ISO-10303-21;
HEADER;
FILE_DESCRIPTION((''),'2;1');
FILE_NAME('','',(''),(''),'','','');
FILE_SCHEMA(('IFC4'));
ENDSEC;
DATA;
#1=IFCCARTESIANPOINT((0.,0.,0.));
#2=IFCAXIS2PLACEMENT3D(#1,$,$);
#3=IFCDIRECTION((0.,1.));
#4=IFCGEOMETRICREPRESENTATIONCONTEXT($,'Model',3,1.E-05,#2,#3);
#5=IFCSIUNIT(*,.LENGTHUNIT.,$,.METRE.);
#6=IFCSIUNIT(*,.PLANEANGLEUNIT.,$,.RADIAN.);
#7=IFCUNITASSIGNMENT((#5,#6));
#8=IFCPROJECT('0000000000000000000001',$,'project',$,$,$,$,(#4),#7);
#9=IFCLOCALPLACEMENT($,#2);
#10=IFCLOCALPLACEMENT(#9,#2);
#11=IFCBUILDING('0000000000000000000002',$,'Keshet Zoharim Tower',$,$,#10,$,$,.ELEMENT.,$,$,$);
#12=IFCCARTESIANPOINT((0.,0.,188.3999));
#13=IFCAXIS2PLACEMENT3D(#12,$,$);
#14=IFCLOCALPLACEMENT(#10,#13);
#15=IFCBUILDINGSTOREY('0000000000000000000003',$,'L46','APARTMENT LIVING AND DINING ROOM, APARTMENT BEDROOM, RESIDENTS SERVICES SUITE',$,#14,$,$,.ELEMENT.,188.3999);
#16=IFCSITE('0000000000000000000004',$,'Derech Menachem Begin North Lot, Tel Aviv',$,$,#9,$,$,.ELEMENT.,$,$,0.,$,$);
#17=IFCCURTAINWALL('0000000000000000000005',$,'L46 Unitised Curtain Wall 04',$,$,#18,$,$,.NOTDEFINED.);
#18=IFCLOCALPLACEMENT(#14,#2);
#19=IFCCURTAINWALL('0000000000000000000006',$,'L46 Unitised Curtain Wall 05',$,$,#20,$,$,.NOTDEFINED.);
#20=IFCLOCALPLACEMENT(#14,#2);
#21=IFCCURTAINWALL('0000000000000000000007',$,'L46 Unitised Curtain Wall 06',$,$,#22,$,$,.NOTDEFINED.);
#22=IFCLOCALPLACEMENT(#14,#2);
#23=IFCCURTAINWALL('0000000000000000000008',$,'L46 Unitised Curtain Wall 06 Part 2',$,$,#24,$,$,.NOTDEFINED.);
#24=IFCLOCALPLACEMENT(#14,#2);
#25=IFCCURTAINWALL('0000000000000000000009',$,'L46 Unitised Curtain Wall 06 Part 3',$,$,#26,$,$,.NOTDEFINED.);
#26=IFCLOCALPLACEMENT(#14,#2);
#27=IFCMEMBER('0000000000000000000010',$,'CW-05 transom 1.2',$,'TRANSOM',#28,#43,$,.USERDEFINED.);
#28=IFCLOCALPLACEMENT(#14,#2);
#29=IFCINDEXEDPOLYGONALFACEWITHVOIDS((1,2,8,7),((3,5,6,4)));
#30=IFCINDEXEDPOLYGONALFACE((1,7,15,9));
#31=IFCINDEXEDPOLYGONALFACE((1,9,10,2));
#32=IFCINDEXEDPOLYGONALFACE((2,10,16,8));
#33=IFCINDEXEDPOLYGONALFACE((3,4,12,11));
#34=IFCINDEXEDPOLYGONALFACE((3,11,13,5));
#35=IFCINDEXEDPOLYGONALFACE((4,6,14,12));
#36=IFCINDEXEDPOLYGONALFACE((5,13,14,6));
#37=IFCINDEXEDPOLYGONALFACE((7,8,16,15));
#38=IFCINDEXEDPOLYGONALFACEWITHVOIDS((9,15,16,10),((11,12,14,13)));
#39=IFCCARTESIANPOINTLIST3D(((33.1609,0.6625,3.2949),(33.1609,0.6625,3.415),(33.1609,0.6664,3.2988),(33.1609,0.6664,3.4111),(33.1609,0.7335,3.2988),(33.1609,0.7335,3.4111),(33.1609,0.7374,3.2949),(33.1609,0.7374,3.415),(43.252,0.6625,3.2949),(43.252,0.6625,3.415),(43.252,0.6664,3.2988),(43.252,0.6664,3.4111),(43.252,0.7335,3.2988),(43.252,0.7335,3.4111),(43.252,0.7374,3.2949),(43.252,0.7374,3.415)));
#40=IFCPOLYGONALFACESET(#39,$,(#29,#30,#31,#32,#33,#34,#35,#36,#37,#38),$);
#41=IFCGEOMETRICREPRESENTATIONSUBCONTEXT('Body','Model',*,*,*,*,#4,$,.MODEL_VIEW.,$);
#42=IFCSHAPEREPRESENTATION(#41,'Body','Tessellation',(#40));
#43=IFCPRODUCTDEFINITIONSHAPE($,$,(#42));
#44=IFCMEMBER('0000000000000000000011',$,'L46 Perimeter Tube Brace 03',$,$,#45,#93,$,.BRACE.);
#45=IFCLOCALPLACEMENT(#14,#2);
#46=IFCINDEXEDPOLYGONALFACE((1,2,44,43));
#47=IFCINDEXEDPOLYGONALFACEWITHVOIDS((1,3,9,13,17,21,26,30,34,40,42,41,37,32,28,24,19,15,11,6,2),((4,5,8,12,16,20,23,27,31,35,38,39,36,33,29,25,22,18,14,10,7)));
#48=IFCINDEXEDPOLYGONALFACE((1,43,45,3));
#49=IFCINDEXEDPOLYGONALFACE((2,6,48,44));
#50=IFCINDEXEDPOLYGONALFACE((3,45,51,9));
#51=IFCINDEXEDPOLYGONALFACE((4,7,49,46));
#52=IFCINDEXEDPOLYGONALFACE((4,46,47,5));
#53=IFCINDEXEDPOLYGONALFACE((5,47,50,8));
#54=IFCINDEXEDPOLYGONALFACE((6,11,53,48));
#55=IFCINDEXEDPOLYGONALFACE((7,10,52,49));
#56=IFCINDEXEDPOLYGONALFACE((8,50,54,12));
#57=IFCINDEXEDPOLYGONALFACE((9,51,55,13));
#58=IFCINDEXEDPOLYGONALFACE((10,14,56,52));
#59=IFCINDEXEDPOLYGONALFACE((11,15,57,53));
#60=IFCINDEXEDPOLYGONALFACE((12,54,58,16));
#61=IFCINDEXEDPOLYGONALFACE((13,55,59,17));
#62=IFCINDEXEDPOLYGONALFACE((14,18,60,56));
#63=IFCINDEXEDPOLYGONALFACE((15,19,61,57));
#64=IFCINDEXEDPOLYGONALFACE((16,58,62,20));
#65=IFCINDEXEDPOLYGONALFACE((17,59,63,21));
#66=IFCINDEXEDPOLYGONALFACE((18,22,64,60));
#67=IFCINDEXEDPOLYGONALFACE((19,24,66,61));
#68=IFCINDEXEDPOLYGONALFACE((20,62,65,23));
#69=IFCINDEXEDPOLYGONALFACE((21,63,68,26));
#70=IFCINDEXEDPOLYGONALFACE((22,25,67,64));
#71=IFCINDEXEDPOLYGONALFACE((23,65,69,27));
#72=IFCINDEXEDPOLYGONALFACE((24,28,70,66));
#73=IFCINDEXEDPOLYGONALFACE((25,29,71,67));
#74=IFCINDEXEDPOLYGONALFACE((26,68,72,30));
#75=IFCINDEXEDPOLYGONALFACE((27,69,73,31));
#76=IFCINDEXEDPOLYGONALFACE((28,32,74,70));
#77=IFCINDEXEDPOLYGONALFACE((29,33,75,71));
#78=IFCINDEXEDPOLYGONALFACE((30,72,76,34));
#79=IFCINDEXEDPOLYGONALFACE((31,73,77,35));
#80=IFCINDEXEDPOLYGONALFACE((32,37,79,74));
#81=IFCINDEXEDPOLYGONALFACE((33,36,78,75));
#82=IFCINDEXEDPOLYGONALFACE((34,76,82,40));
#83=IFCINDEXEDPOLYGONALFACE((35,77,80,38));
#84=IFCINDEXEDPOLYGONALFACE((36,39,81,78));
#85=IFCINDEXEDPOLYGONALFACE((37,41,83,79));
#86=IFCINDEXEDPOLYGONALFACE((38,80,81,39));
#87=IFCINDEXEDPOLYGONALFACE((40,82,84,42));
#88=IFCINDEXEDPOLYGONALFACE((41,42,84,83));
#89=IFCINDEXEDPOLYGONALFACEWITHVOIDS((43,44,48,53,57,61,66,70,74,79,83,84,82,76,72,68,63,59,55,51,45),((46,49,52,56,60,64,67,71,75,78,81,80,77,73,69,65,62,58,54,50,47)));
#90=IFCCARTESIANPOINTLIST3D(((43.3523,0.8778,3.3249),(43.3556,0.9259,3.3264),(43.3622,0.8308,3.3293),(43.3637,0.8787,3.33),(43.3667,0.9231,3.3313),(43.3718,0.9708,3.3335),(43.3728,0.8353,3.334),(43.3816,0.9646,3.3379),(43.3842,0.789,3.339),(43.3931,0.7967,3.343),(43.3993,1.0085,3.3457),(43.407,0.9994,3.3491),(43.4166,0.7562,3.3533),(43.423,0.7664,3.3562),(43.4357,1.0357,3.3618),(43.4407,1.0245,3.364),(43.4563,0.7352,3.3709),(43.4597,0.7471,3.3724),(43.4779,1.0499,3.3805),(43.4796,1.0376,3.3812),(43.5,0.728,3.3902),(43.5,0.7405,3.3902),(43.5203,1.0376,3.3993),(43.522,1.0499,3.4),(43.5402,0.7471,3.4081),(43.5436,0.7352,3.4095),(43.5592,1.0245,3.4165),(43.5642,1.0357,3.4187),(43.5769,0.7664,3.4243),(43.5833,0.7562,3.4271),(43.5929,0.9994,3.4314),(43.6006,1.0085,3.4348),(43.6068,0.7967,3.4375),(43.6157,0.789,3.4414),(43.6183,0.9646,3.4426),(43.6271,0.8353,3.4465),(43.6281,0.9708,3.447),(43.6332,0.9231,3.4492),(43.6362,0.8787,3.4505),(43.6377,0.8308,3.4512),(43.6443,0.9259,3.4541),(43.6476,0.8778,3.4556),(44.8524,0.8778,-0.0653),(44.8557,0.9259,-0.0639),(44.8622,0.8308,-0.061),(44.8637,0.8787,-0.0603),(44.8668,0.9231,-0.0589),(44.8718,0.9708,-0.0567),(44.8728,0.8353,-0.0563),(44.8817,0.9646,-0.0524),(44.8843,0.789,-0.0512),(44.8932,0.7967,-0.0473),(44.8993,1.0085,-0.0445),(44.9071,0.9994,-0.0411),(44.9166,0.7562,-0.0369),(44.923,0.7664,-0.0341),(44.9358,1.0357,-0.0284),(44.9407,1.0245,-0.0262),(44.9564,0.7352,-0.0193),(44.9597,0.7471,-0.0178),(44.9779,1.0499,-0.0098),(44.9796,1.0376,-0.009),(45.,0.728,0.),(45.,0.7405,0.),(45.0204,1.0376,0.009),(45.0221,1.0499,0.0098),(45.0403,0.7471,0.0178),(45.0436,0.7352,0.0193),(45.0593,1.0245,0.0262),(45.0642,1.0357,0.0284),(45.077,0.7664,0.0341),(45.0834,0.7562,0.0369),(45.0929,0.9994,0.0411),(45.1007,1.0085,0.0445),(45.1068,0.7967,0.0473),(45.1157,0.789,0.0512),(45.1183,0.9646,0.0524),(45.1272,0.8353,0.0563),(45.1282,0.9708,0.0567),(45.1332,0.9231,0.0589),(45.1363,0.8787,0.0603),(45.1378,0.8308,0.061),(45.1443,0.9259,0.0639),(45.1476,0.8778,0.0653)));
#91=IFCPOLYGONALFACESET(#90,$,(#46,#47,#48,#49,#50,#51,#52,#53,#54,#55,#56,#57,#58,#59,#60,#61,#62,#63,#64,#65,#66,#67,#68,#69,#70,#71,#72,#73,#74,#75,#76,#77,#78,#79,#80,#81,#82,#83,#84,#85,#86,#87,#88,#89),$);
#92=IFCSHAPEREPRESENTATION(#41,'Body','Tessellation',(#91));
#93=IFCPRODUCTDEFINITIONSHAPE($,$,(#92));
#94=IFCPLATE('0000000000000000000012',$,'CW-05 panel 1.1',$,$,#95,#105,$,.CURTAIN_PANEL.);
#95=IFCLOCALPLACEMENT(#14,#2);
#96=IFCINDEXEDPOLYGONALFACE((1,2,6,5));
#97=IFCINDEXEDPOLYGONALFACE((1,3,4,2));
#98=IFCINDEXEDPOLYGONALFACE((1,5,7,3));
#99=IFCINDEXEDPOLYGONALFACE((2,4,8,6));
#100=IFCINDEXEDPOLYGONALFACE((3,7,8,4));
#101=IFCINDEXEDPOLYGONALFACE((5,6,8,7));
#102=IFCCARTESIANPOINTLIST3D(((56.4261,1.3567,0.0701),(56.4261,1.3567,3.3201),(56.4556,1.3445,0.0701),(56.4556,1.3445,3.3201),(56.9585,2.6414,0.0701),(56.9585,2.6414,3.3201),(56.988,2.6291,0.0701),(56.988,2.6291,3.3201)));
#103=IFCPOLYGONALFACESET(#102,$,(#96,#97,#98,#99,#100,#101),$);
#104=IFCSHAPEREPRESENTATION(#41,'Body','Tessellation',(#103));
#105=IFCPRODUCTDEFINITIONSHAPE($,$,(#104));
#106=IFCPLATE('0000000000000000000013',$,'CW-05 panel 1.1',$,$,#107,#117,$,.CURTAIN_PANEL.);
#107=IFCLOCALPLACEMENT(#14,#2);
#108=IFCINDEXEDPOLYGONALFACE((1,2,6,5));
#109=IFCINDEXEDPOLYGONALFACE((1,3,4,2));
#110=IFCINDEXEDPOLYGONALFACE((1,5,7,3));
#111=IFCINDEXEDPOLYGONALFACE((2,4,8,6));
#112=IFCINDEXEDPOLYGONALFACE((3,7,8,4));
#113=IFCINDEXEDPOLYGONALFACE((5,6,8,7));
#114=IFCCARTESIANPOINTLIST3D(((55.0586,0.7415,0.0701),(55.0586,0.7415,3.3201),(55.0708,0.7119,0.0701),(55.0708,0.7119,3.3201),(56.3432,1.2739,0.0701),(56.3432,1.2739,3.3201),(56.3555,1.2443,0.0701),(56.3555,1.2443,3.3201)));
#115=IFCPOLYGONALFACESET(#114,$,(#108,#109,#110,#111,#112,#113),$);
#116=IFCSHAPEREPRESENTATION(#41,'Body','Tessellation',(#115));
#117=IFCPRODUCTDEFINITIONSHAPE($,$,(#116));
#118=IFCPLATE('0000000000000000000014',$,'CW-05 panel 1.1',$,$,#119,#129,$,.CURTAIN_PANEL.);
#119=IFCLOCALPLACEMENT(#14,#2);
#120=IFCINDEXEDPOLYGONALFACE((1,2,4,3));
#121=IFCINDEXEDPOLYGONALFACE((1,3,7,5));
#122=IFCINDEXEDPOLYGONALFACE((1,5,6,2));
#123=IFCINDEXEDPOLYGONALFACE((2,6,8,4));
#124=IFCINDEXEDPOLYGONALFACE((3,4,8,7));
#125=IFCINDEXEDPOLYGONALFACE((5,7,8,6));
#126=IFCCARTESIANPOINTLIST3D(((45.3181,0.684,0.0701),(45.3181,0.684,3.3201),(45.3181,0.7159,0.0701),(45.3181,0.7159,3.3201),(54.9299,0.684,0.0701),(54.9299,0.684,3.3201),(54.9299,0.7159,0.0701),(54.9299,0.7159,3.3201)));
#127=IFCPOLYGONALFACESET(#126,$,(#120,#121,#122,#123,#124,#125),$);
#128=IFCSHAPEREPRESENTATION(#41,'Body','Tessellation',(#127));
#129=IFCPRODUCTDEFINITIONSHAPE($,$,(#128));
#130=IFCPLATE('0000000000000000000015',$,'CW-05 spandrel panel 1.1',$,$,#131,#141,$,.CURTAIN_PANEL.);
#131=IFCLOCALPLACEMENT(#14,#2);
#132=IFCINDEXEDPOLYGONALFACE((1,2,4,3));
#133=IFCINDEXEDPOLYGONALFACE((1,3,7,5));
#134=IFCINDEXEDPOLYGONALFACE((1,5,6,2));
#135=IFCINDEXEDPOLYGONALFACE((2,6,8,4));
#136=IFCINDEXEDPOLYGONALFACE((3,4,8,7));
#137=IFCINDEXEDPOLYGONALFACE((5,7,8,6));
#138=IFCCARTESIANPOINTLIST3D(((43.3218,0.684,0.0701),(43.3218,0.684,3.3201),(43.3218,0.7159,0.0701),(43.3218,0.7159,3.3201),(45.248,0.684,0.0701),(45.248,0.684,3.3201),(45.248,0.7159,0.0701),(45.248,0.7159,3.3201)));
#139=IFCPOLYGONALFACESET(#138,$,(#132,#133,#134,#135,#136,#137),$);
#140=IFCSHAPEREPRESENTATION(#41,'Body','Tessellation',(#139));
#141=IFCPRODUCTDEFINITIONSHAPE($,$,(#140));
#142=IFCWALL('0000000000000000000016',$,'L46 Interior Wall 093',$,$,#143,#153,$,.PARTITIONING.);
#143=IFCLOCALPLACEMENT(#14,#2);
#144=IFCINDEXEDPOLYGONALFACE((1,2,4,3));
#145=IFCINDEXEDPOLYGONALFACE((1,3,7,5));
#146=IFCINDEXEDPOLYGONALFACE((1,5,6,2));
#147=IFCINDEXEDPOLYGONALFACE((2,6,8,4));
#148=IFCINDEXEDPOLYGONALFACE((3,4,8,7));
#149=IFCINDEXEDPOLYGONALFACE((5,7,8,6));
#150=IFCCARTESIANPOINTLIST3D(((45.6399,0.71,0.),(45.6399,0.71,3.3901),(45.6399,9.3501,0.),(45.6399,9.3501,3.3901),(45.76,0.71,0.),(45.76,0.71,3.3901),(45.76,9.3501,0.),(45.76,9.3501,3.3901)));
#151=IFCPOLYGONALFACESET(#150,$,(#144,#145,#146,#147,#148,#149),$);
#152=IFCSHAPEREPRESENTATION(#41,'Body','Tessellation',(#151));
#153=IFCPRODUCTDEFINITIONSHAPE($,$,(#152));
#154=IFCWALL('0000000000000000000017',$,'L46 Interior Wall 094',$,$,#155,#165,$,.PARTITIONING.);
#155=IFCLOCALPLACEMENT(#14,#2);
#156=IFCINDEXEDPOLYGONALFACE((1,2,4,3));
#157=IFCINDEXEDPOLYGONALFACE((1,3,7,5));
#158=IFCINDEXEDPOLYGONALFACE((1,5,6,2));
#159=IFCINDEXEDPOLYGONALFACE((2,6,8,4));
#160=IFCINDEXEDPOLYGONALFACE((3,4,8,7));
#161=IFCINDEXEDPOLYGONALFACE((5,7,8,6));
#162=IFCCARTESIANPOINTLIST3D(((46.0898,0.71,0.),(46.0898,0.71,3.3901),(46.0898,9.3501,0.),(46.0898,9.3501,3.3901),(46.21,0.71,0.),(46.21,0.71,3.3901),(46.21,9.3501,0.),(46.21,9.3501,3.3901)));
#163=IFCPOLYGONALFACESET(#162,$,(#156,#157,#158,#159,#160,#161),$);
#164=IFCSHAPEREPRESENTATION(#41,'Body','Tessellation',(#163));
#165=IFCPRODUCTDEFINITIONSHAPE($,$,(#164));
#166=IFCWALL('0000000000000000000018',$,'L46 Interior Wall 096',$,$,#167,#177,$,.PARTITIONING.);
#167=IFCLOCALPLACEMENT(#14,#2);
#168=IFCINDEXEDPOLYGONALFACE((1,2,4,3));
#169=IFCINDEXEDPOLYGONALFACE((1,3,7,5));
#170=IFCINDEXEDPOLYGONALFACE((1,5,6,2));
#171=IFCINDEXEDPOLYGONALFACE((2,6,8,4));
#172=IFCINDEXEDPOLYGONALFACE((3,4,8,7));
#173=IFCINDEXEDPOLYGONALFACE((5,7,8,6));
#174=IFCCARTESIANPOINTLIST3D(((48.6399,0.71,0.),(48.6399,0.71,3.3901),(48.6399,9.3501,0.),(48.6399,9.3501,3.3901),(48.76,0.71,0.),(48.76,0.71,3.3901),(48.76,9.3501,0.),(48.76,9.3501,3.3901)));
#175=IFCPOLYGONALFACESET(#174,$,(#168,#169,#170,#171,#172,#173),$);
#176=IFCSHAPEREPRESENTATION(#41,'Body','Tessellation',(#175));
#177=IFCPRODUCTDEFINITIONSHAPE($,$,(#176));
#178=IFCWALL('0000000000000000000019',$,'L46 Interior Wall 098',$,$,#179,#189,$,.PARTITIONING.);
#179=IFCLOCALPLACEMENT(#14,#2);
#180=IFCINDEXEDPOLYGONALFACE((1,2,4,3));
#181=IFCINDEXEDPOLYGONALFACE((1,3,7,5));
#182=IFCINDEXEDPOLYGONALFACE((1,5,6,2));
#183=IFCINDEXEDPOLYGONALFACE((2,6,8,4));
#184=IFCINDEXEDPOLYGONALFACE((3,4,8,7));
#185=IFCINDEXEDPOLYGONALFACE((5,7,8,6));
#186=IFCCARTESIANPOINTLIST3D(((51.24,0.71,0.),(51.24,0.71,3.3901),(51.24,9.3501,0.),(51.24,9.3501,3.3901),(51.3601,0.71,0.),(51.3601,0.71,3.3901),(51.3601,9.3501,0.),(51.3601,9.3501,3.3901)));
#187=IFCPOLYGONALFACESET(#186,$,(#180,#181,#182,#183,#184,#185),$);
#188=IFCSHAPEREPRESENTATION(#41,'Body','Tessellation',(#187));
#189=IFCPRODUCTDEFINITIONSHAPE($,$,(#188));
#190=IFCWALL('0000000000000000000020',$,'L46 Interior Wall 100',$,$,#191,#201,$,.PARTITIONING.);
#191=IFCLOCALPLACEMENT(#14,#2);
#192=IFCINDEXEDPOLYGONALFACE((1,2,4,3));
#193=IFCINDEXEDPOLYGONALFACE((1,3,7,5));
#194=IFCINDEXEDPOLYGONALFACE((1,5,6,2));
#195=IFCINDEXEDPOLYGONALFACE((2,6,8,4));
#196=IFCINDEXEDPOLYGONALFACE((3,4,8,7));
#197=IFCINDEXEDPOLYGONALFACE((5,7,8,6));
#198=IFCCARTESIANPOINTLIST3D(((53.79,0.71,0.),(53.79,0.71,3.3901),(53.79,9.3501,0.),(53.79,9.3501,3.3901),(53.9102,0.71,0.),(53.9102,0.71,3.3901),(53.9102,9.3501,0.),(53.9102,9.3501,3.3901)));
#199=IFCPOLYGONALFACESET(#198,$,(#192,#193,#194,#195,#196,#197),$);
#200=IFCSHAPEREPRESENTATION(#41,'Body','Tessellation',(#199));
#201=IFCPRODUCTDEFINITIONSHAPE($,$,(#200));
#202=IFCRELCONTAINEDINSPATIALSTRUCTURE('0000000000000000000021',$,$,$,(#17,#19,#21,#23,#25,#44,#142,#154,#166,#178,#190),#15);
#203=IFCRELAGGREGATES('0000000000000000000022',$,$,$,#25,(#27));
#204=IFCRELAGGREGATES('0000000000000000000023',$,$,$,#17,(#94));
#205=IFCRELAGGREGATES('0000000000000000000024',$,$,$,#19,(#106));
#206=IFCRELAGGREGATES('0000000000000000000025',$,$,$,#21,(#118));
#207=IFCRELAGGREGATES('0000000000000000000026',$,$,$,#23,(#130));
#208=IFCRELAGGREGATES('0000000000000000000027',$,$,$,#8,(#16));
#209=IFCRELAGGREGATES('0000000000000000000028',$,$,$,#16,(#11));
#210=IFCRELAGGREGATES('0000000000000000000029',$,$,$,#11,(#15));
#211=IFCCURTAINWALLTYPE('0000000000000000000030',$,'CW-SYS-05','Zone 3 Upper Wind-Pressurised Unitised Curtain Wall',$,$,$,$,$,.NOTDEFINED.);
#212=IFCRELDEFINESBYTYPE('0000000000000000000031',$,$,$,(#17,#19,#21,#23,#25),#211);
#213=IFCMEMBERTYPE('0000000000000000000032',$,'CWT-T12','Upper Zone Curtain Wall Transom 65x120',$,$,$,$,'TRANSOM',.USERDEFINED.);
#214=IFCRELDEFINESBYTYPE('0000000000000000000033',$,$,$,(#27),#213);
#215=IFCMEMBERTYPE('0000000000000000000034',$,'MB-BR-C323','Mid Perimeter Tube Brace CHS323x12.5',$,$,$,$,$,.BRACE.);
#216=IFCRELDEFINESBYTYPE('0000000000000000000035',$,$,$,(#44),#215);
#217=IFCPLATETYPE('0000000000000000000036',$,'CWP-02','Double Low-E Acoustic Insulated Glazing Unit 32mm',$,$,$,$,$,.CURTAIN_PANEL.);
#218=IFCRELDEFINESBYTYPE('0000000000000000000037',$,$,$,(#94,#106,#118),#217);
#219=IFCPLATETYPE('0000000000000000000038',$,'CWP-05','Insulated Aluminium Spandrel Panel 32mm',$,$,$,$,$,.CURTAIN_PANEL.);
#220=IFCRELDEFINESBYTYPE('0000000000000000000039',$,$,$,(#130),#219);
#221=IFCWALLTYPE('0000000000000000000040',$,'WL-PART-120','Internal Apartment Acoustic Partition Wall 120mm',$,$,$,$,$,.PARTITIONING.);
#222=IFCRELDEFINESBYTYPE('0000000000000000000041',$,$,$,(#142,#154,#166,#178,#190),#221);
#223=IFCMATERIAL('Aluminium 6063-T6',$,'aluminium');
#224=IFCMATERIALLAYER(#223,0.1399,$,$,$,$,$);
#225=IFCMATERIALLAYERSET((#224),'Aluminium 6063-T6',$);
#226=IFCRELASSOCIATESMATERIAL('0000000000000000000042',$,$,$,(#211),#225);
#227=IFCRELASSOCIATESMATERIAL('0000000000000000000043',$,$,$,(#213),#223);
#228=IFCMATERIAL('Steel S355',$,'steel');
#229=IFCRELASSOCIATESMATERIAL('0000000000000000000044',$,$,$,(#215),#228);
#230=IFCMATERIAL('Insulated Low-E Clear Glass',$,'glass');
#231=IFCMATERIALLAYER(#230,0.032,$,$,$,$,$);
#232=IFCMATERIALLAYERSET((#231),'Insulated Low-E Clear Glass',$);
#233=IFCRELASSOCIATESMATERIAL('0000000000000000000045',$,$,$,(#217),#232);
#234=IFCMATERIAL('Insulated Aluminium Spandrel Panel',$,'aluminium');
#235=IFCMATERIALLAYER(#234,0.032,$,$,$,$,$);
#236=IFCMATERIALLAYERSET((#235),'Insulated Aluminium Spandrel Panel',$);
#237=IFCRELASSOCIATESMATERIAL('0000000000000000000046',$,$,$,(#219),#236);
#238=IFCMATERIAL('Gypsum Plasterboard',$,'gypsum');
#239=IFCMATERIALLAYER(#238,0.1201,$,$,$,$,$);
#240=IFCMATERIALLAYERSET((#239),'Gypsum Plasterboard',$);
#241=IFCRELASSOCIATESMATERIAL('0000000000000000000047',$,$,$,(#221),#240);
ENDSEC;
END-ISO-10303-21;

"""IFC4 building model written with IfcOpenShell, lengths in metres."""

from ifc_helpers import new_model, si_unit, direction, frame, frame_2d, origin, origin_2d, place, context, subcontext, project, spatial, rectangle, hollow_rectangle, hollow_circle, extrude, material, layer, layer_set, material_profile, profile_set, type_object, element, aggregate, save


model = new_model("IFC4")

# Units and contexts
model_context = context("Model", 3, precision=1e-05, world=origin(), true_north=direction((0.0, 1.0)))
body_context = subcontext(model_context, "Body", "Model", "MODEL_VIEW")
ifc_project = project(units=[si_unit("LENGTHUNIT", "METRE"), si_unit("PLANEANGLEUNIT", "RADIAN")], contexts=[model_context])

# Site, building, storey
site_placement = place(None, origin())
site = spatial("IfcSite", under=ifc_project, at=site_placement, Name="Derech Menachem Begin North Lot, Tel Aviv", CompositionType="ELEMENT", RefElevation=0.0)
building_placement = place(site_placement, origin())
building = spatial("IfcBuilding", under=site, at=building_placement, Name="Keshet Zoharim Tower", CompositionType="ELEMENT")
storey_placement = place(building_placement, frame((0.0, 0.0, 188.3999)))
storey = spatial("IfcBuildingStorey", under=building, at=storey_placement, Name="L46", Description="APARTMENT LIVING AND DINING ROOM, APARTMENT BEDROOM, RESIDENTS SERVICES SUITE", CompositionType="ELEMENT", Elevation=188.3999)

# Shared definitions
ifc_material_1 = material(Name="Steel S355", Category="steel")

# Curtain wall
ifc_material_2 = material(Name="Aluminium 6063-T6", Category="aluminium")
ifc_layer_1 = layer(ifc_material_2, 0.1399)
ifc_layer_set_1 = layer_set([ifc_layer_1], Name="Aluminium 6063-T6")
curtain_wall_type = type_object("IfcCurtainWallType", Name="CW-SYS-05", Description="Zone 3 Upper Wind-Pressurised Unitised Curtain Wall", PredefinedType="NOTDEFINED", material=ifc_layer_set_1)
curtain_wall_1_placement = place(storey_placement, origin())
curtain_wall_1 = element("IfcCurtainWall", 1, at=curtain_wall_1_placement, inside=storey, type_object=curtain_wall_type, Name="L46 Unitised Curtain Wall 04", PredefinedType="NOTDEFINED")

# Curtain walls
curtain_wall_2_placement = place(storey_placement, origin())
curtain_wall_2 = element("IfcCurtainWall", 2, at=curtain_wall_2_placement, inside=storey, type_object=curtain_wall_type, Name="L46 Unitised Curtain Wall 05", PredefinedType="NOTDEFINED")
curtain_wall_3_placement = place(storey_placement, origin())
curtain_wall_3 = element("IfcCurtainWall", 3, at=curtain_wall_3_placement, inside=storey, type_object=curtain_wall_type, Name="L46 Unitised Curtain Wall 06", PredefinedType="NOTDEFINED")

# Curtain wall
curtain_wall_4_placement = place(storey_placement, origin())
curtain_wall_4 = element("IfcCurtainWall", 4, at=curtain_wall_4_placement, inside=storey, type_object=curtain_wall_type, Name="L46 Unitised Curtain Wall 06 Part 2", PredefinedType="NOTDEFINED")

# Shared definitions
ifc_material_profile_1 = material_profile(ifc_material_2, hollow_rectangle(XDim=0.075, YDim=0.1201, WallThickness=0.0039, at=origin_2d()), Name="TRN-75x120")
ifc_profile_set_1 = profile_set([ifc_material_profile_1], Name="Aluminium 6063-T6")
member_type_1 = type_object("IfcMemberType", Name="CWT-T12", Description="Upper Zone Curtain Wall Transom 65x120", ElementType="TRANSOM", PredefinedType="USERDEFINED", material=ifc_profile_set_1)

# Curtain wall, member
curtain_wall_5_placement = place(storey_placement, origin())
curtain_wall_5 = element("IfcCurtainWall", 5, at=curtain_wall_5_placement, inside=storey, type_object=curtain_wall_type, Name="L46 Unitised Curtain Wall 06 Part 3", PredefinedType="NOTDEFINED")
member_1_placement = place(storey_placement, frame((43.252, 0.7, 3.355), z_axis=(-1.0, 0.0, 0.0), x_axis=(0.0, -1.0, 0.0)))
member_1 = element("IfcMember", 6, at=member_1_placement, type_object=member_type_1, Name="CW-05 transom 1.2", ObjectType="TRANSOM", PredefinedType="USERDEFINED", context=body_context, shape_type="SweptSolid", body=[
    extrude(hollow_rectangle(XDim=0.075, YDim=0.1201, WallThickness=0.0039, at=origin_2d()), origin(), (0.0, 0.0, 1.0), 10.0911),
])
aggregate(curtain_wall_5, [member_1])

# Member
ifc_material_profile_2 = material_profile(ifc_material_1, hollow_circle(Radius=0.1619, WallThickness=0.0125, at=origin_2d()), Name="CHS323x12.5")
ifc_profile_set_2 = profile_set([ifc_material_profile_2], Name="Steel S355")
member_type_2 = type_object("IfcMemberType", Name="MB-BR-C323", Description="Mid Perimeter Tube Brace CHS323x12.5", PredefinedType="BRACE", material=ifc_profile_set_2)
member_2_placement = place(storey_placement, frame((45.0, 0.8899, 0.0), z_axis=(-0.404623, 0.0, 0.914484), x_axis=(0.0, -1.0, 0.0)))
element("IfcMember", 7, at=member_2_placement, inside=storey, type_object=member_type_2, Name="L46 Perimeter Tube Brace 03", PredefinedType="BRACE", context=body_context, shape_type="SweptSolid", body=[
    extrude(hollow_circle(Radius=0.1619, WallThickness=0.0125, at=origin_2d()), origin(), (0.0, 0.0, 1.0), 3.7073),
])

# Plates
ifc_material_3 = material(Name="Insulated Low-E Clear Glass", Category="glass")
ifc_layer_2 = layer(ifc_material_3, 0.032)
ifc_layer_set_2 = layer_set([ifc_layer_2], Name="Insulated Low-E Clear Glass")
plate_type_1 = type_object("IfcPlateType", Name="CWP-02", Description="Double Low-E Acoustic Insulated Glazing Unit 32mm", PredefinedType="CURTAIN_PANEL", material=ifc_layer_set_2)
plate_1_placement = place(storey_placement, frame((56.707, 1.9929, 0.0701), z_axis=(0.0, 0.0, 1.0), x_axis=(-0.382852, -0.92381, 0.0)))
plate_1 = element("IfcPlate", 8, at=plate_1_placement, type_object=plate_type_1, Name="CW-05 panel 1.1", PredefinedType="CURTAIN_PANEL", context=body_context, shape_type="SweptSolid", body=[
    extrude(rectangle(XDim=1.3906, YDim=0.032, at=origin_2d()), origin(), (0.0, 0.0, 1.0), 3.25),
])
aggregate(curtain_wall_1, [plate_1])
plate_2_placement = place(storey_placement, frame((55.707, 0.9929, 0.0701), z_axis=(0.0, 0.0, 1.0), x_axis=(-0.92381, -0.382852, 0.0)))
plate_2 = element("IfcPlate", 9, at=plate_2_placement, type_object=plate_type_1, Name="CW-05 panel 1.1", PredefinedType="CURTAIN_PANEL", context=body_context, shape_type="SweptSolid", body=[
    extrude(rectangle(XDim=1.3906, YDim=0.032, at=origin_2d()), origin(), (0.0, 0.0, 1.0), 3.25),
])
aggregate(curtain_wall_2, [plate_2])
plate_3_placement = place(storey_placement, frame((50.124, 0.7, 0.0701), z_axis=(0.0, 0.0, 1.0), x_axis=(-1.0, 0.0, 0.0)))
plate_3 = element("IfcPlate", 10, at=plate_3_placement, type_object=plate_type_1, Name="CW-05 panel 1.1", PredefinedType="CURTAIN_PANEL", context=body_context, shape_type="SweptSolid", body=[
    extrude(rectangle(XDim=9.6118, YDim=0.032, at=origin_2d()), origin(), (0.0, 0.0, 1.0), 3.25),
])
aggregate(curtain_wall_3, [plate_3])
ifc_material_4 = material(Name="Insulated Aluminium Spandrel Panel", Category="aluminium")
ifc_layer_3 = layer(ifc_material_4, 0.032)
ifc_layer_set_3 = layer_set([ifc_layer_3], Name="Insulated Aluminium Spandrel Panel")
plate_type_2 = type_object("IfcPlateType", Name="CWP-05", Description="Insulated Aluminium Spandrel Panel 32mm", PredefinedType="CURTAIN_PANEL", material=ifc_layer_set_3)
plate_4_placement = place(storey_placement, frame((44.2849, 0.7, 0.0701), z_axis=(0.0, 0.0, 1.0), x_axis=(-1.0, 0.0, 0.0)))
plate_4 = element("IfcPlate", 11, at=plate_4_placement, type_object=plate_type_2, Name="CW-05 spandrel panel 1.1", PredefinedType="CURTAIN_PANEL", context=body_context, shape_type="SweptSolid", body=[
    extrude(rectangle(XDim=1.9263, YDim=0.032, at=origin_2d()), origin(), (0.0, 0.0, 1.0), 3.25),
])
aggregate(curtain_wall_4, [plate_4])

# Walls
ifc_material_5 = material(Name="Gypsum Plasterboard", Category="gypsum")
ifc_layer_4 = layer(ifc_material_5, 0.1201)
ifc_layer_set_4 = layer_set([ifc_layer_4], Name="Gypsum Plasterboard")
wall_type = type_object("IfcWallType", Name="WL-PART-120", Description="Internal Apartment Acoustic Partition Wall 120mm", PredefinedType="PARTITIONING", material=ifc_layer_set_4)
for number, where, z_axis, x_axis, name in (
    (12, (45.7, 0.71, 0.0), (0.0, 0.0, 1.0), (0.0, 1.0, 0.0), "L46 Interior Wall 093"),
    (13, (46.1499, 0.71, 0.0), (0.0, 0.0, 1.0), (0.0, 1.0, 0.0), "L46 Interior Wall 094"),
    (14, (48.7, 0.71, 0.0), (0.0, 0.0, 1.0), (0.0, 1.0, 0.0), "L46 Interior Wall 096"),
    (15, (51.3, 0.71, 0.0), (0.0, 0.0, 1.0), (0.0, 1.0, 0.0), "L46 Interior Wall 098"),
    (16, (53.8501, 0.71, 0.0), (0.0, 0.0, 1.0), (0.0, 1.0, 0.0), "L46 Interior Wall 100"),
):
    element("IfcWall", number, at=place(storey_placement, frame(where, z_axis=z_axis, x_axis=x_axis)), inside=storey, type_object=wall_type, Name=name, PredefinedType="PARTITIONING", context=body_context, shape_type="SweptSolid", body=[
        extrude(rectangle(XDim=8.6401, YDim=0.1201, at=frame_2d((4.3201, 0.0))), origin(), (0.0, 0.0, 1.0), 3.3901),
    ])

save(model, "model.ifc")
